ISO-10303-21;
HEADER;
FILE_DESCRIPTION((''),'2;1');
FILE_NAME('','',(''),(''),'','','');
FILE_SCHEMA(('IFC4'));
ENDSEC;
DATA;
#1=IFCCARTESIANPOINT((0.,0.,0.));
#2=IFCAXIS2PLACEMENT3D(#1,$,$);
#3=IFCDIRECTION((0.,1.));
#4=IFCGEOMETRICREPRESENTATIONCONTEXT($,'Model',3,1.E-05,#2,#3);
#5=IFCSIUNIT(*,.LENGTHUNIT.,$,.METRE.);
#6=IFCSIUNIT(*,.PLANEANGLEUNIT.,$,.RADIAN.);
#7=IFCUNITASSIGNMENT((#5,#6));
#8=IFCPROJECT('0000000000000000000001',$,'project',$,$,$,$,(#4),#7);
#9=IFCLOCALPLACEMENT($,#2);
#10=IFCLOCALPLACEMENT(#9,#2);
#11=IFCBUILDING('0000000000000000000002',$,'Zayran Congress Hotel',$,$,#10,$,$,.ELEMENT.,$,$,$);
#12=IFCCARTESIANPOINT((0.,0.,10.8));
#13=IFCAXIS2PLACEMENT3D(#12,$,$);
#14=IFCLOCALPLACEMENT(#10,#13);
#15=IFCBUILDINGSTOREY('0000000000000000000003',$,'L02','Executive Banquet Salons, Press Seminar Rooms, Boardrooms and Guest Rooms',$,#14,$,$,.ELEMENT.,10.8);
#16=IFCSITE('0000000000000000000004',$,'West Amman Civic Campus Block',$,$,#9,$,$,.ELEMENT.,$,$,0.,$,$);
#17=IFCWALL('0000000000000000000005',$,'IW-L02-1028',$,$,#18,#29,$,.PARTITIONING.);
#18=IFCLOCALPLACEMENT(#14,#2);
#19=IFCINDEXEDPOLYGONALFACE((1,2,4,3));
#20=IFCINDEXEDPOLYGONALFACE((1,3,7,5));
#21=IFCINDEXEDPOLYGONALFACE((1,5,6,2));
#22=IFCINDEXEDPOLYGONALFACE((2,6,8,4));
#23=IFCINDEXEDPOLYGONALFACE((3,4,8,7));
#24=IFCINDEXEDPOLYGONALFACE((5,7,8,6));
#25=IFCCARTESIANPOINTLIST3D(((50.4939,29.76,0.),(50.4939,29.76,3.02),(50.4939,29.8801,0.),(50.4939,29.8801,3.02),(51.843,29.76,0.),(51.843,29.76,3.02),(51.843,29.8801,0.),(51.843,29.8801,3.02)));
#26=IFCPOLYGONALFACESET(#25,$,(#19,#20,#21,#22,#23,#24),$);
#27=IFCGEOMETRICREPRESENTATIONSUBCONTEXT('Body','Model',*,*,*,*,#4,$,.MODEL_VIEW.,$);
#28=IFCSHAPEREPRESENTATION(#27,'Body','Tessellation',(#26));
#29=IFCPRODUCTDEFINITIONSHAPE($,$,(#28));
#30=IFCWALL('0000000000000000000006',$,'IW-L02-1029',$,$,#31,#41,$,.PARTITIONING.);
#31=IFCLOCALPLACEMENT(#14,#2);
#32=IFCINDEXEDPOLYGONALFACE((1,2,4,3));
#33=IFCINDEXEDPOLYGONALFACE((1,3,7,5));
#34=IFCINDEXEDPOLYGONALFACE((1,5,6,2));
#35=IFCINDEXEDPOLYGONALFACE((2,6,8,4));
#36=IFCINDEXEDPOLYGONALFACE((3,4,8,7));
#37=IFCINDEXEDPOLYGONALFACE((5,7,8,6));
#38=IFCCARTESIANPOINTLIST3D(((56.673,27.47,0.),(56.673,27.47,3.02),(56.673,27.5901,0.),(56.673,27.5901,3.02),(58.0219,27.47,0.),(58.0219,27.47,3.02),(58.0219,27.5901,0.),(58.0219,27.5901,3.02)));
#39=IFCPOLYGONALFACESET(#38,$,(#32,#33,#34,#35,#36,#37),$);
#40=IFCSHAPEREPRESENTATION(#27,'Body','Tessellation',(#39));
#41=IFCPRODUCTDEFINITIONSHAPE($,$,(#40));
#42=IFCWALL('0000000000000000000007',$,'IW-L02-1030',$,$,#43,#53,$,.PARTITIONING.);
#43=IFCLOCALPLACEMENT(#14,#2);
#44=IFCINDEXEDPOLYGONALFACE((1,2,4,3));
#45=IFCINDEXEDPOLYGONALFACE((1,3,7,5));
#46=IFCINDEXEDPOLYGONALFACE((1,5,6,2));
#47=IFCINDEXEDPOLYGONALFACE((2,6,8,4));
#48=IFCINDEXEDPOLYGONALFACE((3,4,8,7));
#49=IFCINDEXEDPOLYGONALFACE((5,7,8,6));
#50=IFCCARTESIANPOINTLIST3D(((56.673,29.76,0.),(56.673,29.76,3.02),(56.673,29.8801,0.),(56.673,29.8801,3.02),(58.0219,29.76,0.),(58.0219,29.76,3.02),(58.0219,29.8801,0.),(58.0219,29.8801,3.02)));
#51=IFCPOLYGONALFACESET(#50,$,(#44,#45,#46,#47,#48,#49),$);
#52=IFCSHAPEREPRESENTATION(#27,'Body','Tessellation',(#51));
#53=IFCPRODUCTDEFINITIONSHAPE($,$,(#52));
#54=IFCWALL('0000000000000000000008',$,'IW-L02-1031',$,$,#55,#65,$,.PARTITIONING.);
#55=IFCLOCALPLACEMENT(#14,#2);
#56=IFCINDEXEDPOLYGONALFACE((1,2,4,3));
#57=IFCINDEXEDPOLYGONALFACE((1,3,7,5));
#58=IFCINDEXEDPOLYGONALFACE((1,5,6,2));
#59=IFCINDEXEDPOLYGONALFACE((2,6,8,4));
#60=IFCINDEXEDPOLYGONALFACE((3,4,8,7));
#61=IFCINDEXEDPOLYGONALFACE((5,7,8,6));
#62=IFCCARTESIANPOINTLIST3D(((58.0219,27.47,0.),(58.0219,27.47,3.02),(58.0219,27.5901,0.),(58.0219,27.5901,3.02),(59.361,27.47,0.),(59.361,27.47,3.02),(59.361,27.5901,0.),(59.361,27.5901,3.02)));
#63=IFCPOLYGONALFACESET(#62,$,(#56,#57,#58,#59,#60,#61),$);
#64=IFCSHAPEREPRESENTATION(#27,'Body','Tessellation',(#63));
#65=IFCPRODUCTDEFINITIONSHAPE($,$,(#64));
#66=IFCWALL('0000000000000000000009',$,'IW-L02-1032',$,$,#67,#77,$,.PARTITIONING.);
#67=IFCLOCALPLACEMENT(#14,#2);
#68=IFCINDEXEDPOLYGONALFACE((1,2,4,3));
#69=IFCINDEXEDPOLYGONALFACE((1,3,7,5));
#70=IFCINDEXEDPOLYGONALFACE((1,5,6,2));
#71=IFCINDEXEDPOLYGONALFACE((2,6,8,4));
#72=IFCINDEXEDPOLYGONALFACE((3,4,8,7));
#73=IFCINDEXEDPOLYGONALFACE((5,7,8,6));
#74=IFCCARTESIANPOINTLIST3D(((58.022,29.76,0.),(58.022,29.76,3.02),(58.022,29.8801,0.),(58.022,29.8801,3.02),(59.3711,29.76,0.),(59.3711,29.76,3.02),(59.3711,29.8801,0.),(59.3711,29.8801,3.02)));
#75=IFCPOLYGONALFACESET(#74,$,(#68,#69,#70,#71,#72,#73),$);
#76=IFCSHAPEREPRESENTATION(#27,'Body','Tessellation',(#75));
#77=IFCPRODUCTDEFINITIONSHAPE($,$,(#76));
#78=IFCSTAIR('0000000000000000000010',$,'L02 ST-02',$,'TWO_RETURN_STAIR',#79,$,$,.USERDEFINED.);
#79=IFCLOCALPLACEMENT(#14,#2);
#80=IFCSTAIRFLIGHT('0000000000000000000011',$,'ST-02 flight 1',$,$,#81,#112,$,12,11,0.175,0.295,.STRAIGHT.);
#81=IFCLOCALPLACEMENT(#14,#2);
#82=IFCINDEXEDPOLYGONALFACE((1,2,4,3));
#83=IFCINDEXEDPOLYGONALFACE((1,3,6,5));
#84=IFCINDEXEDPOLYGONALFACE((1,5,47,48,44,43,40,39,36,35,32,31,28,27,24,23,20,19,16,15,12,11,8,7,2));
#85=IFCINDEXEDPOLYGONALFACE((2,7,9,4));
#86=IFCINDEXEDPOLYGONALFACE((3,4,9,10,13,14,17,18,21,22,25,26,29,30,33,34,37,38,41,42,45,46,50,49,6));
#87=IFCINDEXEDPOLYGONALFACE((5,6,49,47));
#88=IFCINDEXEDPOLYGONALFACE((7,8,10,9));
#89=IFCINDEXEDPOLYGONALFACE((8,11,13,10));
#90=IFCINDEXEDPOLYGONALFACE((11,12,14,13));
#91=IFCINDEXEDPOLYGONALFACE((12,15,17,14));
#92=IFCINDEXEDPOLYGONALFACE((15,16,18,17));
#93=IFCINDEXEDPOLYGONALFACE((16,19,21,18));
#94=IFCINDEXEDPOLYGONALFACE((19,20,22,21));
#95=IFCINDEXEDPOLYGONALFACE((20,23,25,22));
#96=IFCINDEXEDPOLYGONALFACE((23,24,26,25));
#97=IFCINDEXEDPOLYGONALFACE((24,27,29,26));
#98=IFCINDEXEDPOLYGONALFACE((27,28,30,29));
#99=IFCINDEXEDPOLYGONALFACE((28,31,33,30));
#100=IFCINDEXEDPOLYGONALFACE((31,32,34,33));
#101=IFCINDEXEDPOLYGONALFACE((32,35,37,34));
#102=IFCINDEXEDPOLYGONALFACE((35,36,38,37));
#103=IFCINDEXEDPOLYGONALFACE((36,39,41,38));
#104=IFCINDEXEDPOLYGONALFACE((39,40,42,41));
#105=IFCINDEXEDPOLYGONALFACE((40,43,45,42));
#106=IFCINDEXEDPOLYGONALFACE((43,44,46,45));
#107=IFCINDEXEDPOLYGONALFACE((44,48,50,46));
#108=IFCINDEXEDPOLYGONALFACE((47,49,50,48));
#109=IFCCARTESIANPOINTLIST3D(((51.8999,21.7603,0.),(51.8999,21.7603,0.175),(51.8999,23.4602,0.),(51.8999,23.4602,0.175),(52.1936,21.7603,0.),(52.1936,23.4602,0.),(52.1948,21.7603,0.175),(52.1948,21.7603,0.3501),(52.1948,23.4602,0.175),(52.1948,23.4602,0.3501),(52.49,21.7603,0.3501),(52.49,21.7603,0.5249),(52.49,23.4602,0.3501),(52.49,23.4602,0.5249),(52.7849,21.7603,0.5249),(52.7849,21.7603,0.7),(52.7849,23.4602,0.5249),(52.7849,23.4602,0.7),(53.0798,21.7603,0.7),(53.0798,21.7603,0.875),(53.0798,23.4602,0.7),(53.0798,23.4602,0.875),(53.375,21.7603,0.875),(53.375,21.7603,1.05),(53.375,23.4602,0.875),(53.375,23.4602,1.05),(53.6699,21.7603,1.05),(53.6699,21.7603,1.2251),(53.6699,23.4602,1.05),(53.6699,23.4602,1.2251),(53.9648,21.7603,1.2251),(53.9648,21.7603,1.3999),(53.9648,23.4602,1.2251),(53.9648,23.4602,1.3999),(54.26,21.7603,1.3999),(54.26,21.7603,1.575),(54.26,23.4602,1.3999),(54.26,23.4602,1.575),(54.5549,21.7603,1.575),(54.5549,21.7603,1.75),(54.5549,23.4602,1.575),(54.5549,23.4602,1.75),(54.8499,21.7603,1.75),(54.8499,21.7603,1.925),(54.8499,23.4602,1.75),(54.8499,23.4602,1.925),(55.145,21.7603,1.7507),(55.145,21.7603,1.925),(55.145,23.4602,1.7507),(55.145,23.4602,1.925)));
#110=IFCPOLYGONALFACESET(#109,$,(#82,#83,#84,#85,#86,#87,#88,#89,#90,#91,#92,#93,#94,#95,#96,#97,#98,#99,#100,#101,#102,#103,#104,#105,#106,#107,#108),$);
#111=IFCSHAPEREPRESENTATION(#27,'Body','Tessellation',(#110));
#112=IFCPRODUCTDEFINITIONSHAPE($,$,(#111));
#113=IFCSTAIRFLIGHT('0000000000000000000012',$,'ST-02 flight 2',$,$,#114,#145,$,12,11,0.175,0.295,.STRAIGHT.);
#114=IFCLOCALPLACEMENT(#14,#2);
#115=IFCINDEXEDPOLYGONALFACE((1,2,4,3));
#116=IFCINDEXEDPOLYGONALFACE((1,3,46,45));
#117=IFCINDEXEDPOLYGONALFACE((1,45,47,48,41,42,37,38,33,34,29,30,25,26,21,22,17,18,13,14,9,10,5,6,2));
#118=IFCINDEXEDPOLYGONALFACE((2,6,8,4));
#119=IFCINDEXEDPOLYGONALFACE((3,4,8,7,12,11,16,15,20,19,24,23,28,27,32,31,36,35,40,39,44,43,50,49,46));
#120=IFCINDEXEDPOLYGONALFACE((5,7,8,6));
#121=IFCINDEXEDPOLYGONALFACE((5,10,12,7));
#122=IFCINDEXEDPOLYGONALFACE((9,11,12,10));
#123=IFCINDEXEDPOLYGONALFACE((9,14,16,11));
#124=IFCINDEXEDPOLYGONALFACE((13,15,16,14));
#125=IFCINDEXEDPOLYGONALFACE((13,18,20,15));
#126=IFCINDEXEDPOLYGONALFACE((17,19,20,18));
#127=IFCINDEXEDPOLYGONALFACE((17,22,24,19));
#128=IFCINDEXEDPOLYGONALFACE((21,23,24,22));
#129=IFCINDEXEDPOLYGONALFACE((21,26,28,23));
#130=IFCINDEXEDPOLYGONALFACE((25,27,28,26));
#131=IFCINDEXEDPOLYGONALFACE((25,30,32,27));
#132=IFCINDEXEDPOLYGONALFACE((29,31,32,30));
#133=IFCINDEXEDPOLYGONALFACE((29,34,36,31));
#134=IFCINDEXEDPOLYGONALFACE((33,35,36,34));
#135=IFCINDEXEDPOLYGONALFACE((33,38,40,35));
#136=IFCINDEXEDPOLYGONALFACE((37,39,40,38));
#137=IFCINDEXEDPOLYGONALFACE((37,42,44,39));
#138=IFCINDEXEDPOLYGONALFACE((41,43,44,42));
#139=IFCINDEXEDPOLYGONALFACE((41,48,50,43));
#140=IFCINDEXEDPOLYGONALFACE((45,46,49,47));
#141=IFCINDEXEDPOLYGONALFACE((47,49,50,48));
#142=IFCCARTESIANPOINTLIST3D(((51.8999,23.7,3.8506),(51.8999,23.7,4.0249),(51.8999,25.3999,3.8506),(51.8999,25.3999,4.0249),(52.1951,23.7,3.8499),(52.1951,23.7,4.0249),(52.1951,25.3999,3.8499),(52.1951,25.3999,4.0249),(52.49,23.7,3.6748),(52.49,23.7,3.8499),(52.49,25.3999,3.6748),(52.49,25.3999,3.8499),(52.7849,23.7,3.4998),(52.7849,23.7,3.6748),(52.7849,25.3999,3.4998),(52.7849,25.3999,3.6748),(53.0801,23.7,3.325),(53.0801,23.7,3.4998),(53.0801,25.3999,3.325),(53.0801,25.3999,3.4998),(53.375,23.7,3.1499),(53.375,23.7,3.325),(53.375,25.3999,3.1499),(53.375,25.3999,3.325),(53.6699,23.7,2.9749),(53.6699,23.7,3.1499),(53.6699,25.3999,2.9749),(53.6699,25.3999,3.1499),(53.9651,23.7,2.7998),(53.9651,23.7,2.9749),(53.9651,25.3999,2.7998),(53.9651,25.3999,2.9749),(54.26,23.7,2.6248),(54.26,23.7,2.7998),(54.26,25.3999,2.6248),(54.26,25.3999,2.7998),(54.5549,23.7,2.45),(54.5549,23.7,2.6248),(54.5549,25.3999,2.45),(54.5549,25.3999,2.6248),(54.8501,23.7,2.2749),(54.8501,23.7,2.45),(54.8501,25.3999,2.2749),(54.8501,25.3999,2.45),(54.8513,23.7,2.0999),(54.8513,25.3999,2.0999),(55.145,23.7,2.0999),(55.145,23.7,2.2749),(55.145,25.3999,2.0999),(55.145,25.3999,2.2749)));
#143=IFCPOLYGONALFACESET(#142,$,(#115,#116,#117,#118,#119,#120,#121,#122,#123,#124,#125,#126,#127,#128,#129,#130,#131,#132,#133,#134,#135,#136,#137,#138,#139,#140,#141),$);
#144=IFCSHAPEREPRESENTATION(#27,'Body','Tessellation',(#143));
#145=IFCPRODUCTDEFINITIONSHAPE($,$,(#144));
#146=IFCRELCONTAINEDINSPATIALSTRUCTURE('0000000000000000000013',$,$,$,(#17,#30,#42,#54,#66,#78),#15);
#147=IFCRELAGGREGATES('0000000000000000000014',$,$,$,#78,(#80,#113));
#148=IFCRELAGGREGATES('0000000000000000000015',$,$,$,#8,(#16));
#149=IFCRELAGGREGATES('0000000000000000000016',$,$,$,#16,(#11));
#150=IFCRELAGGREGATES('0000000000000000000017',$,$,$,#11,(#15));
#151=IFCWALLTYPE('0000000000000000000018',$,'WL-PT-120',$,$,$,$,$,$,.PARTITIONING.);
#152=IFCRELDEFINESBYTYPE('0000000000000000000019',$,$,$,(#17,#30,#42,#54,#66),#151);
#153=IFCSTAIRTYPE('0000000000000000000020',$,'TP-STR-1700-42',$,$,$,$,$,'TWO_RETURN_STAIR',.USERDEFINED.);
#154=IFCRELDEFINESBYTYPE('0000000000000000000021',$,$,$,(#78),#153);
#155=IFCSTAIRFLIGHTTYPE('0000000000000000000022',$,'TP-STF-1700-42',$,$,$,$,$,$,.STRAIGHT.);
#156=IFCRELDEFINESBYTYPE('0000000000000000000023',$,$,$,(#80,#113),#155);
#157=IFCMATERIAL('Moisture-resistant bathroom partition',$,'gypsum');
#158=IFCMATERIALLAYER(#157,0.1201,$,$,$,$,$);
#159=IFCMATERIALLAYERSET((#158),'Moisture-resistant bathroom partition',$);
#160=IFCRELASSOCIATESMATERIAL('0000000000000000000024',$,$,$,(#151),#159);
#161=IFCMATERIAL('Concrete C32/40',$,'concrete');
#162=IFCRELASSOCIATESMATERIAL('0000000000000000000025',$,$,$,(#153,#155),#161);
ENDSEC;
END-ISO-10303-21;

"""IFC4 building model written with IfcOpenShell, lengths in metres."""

from ifc_helpers import new_model, si_unit, direction, frame, frame_2d, origin, place, context, subcontext, project, spatial, polyline, rectangle, outline, extrude, material, layer, layer_set, type_object, element, aggregate, save


model = new_model("IFC4")

# Units and contexts
model_context = context("Model", 3, precision=1e-05, world=origin(), true_north=direction((0.0, 1.0)))
body_context = subcontext(model_context, "Body", "Model", "MODEL_VIEW")
ifc_project = project(units=[si_unit("LENGTHUNIT", "METRE"), si_unit("PLANEANGLEUNIT", "RADIAN")], contexts=[model_context])

# Site, building, storey
site_placement = place(None, origin())
site = spatial("IfcSite", under=ifc_project, at=site_placement, Name="West Amman Civic Campus Block", CompositionType="ELEMENT", RefElevation=0.0)
building_placement = place(site_placement, origin())
building = spatial("IfcBuilding", under=site, at=building_placement, Name="Zayran Congress Hotel", CompositionType="ELEMENT")
storey_placement = place(building_placement, frame((0.0, 0.0, 10.8)))
storey = spatial("IfcBuildingStorey", under=building, at=storey_placement, Name="L02", Description="Executive Banquet Salons, Press Seminar Rooms, Boardrooms and Guest Rooms", CompositionType="ELEMENT", Elevation=10.8)

# Shared definitions
ifc_material_1 = material(Name="Moisture-resistant bathroom partition", Category="gypsum")
ifc_layer_1 = layer(ifc_material_1, 0.1201)
ifc_layer_set_1 = layer_set([ifc_layer_1], Name="Moisture-resistant bathroom partition")
wall_type_1 = type_object("IfcWallType", Name="WL-PT-120", PredefinedType="PARTITIONING", material=ifc_layer_set_1)

# Walls
wall_1_placement = place(storey_placement, frame((50.4939, 29.8201, 0.0), z_axis=(0.0, 0.0, 1.0), x_axis=(1.0, 0.0, 0.0)))
element("IfcWall", 1, at=wall_1_placement, inside=storey, type_object=wall_type_1, Name="IW-L02-1028", PredefinedType="PARTITIONING", context=body_context, shape_type="SweptSolid", body=[
    extrude(rectangle(XDim=1.3491, YDim=0.1201, at=frame_2d((0.6746, 0.0))), origin(), (0.0, 0.0, 1.0), 3.02),
])
for number, where, z_axis, x_axis, name in (
    (2, (56.6731, 27.53, 0.0), (0.0, 0.0, 1.0), (1.0, 0.0, 0.0), "IW-L02-1029"),
    (3, (56.6731, 29.8201, 0.0), (0.0, 0.0, 1.0), (1.0, 0.0, 0.0), "IW-L02-1030"),
):
    element("IfcWall", number, at=place(storey_placement, frame(where, z_axis=z_axis, x_axis=x_axis)), inside=storey, type_object=wall_type_1, Name=name, PredefinedType="PARTITIONING", context=body_context, shape_type="SweptSolid", body=[
        extrude(rectangle(XDim=1.3489, YDim=0.1201, at=frame_2d((0.6743, 0.0))), origin(), (0.0, 0.0, 1.0), 3.02),
    ])
wall_2_placement = place(storey_placement, frame((58.022, 27.53, 0.0), z_axis=(0.0, 0.0, 1.0), x_axis=(1.0, 0.0, 0.0)))
element("IfcWall", 4, at=wall_2_placement, inside=storey, type_object=wall_type_1, Name="IW-L02-1031", PredefinedType="PARTITIONING", context=body_context, shape_type="SweptSolid", body=[
    extrude(rectangle(XDim=1.3391, YDim=0.1201, at=frame_2d((0.6694, 0.0))), origin(), (0.0, 0.0, 1.0), 3.02),
])
wall_3_placement = place(storey_placement, frame((58.022, 29.8201, 0.0), z_axis=(0.0, 0.0, 1.0), x_axis=(1.0, 0.0, 0.0)))
element("IfcWall", 5, at=wall_3_placement, inside=storey, type_object=wall_type_1, Name="IW-L02-1032", PredefinedType="PARTITIONING", context=body_context, shape_type="SweptSolid", body=[
    extrude(rectangle(XDim=1.3491, YDim=0.1201, at=frame_2d((0.6746, 0.0))), origin(), (0.0, 0.0, 1.0), 3.02),
])

# Stair, stair flights
ifc_material_2 = material(Name="Concrete C32/40", Category="concrete")
stair_type = type_object("IfcStairType", Name="TP-STR-1700-42", ElementType="TWO_RETURN_STAIR", PredefinedType="USERDEFINED", material=ifc_material_2)
stair_placement = place(storey_placement, origin())
stair = element("IfcStair", 6, at=stair_placement, inside=storey, type_object=stair_type, Name="L02 ST-02", ObjectType="TWO_RETURN_STAIR", PredefinedType="USERDEFINED")
stair_flight_type = type_object("IfcStairFlightType", Name="TP-STF-1700-42", PredefinedType="STRAIGHT", material=ifc_material_2)
stair_flight_1_placement = place(storey_placement, frame((51.8999, 22.6101, 0.0), z_axis=(0.0, 0.0, 1.0), x_axis=(1.0, 0.0, 0.0)))
stair_flight_1 = element("IfcStairFlight", 7, at=stair_flight_1_placement, type_object=stair_flight_type, Name="ST-02 flight 1", NumberOfRisers=12, NumberOfTreads=11, PredefinedType="STRAIGHT", RiserHeight=0.175, TreadLength=0.295, context=body_context, shape_type="SweptSolid", body=[
    extrude(outline(polyline([(0.0, 0.0), (0.0, 0.175), (0.2949, 0.175), (0.2949, 0.3501), (0.5901, 0.3501), (0.5901, 0.5249), (0.885, 0.5249), (0.885, 0.7), (1.1799, 0.7), (1.1799, 0.875), (1.4751, 0.875), (1.4751, 1.05), (1.77, 1.05), (1.77, 1.2251), (2.0649, 1.2251), (2.0649, 1.3999), (2.3601, 1.3999), (2.3601, 1.575), (2.655, 1.575), (2.655, 1.75), (2.95, 1.75), (2.95, 1.925), (3.2451, 1.925), (3.2451, 2.1001), (3.2451, 1.7507), (0.2937, 0.0), (0.0, 0.0)])), frame((0.0, 0.8501, 0.0), z_axis=(0.0, -1.0, 0.0), x_axis=(1.0, 0.0, 0.0)), (0.0, 0.0, 1.0), 1.7),
])
stair_flight_2_placement = place(storey_placement, frame((55.145, 24.55, 2.0999), z_axis=(0.0, 0.0, 1.0), x_axis=(-1.0, 0.0, 0.0)))
stair_flight_2 = element("IfcStairFlight", 8, at=stair_flight_2_placement, type_object=stair_flight_type, Name="ST-02 flight 2", NumberOfRisers=12, NumberOfTreads=11, PredefinedType="STRAIGHT", RiserHeight=0.175, TreadLength=0.295, context=body_context, shape_type="SweptSolid", body=[
    extrude(outline(polyline([(0.0, 0.0), (0.0, 0.175), (0.2949, 0.175), (0.2949, 0.3501), (0.5901, 0.3501), (0.5901, 0.5249), (0.885, 0.5249), (0.885, 0.7), (1.1799, 0.7), (1.1799, 0.875), (1.4751, 0.875), (1.4751, 1.05), (1.77, 1.05), (1.77, 1.2251), (2.0649, 1.2251), (2.0649, 1.3999), (2.3601, 1.3999), (2.3601, 1.575), (2.655, 1.575), (2.655, 1.75), (2.95, 1.75), (2.95, 1.925), (3.2451, 1.925), (3.2451, 2.1001), (3.2451, 1.7507), (0.2937, 0.0), (0.0, 0.0)])), frame((0.0, 0.8501, 0.0), z_axis=(0.0, -1.0, 0.0), x_axis=(1.0, 0.0, 0.0)), (0.0, 0.0, 1.0), 1.7),
])
aggregate(stair, [stair_flight_1, stair_flight_2])

save(model, "model.ifc")
